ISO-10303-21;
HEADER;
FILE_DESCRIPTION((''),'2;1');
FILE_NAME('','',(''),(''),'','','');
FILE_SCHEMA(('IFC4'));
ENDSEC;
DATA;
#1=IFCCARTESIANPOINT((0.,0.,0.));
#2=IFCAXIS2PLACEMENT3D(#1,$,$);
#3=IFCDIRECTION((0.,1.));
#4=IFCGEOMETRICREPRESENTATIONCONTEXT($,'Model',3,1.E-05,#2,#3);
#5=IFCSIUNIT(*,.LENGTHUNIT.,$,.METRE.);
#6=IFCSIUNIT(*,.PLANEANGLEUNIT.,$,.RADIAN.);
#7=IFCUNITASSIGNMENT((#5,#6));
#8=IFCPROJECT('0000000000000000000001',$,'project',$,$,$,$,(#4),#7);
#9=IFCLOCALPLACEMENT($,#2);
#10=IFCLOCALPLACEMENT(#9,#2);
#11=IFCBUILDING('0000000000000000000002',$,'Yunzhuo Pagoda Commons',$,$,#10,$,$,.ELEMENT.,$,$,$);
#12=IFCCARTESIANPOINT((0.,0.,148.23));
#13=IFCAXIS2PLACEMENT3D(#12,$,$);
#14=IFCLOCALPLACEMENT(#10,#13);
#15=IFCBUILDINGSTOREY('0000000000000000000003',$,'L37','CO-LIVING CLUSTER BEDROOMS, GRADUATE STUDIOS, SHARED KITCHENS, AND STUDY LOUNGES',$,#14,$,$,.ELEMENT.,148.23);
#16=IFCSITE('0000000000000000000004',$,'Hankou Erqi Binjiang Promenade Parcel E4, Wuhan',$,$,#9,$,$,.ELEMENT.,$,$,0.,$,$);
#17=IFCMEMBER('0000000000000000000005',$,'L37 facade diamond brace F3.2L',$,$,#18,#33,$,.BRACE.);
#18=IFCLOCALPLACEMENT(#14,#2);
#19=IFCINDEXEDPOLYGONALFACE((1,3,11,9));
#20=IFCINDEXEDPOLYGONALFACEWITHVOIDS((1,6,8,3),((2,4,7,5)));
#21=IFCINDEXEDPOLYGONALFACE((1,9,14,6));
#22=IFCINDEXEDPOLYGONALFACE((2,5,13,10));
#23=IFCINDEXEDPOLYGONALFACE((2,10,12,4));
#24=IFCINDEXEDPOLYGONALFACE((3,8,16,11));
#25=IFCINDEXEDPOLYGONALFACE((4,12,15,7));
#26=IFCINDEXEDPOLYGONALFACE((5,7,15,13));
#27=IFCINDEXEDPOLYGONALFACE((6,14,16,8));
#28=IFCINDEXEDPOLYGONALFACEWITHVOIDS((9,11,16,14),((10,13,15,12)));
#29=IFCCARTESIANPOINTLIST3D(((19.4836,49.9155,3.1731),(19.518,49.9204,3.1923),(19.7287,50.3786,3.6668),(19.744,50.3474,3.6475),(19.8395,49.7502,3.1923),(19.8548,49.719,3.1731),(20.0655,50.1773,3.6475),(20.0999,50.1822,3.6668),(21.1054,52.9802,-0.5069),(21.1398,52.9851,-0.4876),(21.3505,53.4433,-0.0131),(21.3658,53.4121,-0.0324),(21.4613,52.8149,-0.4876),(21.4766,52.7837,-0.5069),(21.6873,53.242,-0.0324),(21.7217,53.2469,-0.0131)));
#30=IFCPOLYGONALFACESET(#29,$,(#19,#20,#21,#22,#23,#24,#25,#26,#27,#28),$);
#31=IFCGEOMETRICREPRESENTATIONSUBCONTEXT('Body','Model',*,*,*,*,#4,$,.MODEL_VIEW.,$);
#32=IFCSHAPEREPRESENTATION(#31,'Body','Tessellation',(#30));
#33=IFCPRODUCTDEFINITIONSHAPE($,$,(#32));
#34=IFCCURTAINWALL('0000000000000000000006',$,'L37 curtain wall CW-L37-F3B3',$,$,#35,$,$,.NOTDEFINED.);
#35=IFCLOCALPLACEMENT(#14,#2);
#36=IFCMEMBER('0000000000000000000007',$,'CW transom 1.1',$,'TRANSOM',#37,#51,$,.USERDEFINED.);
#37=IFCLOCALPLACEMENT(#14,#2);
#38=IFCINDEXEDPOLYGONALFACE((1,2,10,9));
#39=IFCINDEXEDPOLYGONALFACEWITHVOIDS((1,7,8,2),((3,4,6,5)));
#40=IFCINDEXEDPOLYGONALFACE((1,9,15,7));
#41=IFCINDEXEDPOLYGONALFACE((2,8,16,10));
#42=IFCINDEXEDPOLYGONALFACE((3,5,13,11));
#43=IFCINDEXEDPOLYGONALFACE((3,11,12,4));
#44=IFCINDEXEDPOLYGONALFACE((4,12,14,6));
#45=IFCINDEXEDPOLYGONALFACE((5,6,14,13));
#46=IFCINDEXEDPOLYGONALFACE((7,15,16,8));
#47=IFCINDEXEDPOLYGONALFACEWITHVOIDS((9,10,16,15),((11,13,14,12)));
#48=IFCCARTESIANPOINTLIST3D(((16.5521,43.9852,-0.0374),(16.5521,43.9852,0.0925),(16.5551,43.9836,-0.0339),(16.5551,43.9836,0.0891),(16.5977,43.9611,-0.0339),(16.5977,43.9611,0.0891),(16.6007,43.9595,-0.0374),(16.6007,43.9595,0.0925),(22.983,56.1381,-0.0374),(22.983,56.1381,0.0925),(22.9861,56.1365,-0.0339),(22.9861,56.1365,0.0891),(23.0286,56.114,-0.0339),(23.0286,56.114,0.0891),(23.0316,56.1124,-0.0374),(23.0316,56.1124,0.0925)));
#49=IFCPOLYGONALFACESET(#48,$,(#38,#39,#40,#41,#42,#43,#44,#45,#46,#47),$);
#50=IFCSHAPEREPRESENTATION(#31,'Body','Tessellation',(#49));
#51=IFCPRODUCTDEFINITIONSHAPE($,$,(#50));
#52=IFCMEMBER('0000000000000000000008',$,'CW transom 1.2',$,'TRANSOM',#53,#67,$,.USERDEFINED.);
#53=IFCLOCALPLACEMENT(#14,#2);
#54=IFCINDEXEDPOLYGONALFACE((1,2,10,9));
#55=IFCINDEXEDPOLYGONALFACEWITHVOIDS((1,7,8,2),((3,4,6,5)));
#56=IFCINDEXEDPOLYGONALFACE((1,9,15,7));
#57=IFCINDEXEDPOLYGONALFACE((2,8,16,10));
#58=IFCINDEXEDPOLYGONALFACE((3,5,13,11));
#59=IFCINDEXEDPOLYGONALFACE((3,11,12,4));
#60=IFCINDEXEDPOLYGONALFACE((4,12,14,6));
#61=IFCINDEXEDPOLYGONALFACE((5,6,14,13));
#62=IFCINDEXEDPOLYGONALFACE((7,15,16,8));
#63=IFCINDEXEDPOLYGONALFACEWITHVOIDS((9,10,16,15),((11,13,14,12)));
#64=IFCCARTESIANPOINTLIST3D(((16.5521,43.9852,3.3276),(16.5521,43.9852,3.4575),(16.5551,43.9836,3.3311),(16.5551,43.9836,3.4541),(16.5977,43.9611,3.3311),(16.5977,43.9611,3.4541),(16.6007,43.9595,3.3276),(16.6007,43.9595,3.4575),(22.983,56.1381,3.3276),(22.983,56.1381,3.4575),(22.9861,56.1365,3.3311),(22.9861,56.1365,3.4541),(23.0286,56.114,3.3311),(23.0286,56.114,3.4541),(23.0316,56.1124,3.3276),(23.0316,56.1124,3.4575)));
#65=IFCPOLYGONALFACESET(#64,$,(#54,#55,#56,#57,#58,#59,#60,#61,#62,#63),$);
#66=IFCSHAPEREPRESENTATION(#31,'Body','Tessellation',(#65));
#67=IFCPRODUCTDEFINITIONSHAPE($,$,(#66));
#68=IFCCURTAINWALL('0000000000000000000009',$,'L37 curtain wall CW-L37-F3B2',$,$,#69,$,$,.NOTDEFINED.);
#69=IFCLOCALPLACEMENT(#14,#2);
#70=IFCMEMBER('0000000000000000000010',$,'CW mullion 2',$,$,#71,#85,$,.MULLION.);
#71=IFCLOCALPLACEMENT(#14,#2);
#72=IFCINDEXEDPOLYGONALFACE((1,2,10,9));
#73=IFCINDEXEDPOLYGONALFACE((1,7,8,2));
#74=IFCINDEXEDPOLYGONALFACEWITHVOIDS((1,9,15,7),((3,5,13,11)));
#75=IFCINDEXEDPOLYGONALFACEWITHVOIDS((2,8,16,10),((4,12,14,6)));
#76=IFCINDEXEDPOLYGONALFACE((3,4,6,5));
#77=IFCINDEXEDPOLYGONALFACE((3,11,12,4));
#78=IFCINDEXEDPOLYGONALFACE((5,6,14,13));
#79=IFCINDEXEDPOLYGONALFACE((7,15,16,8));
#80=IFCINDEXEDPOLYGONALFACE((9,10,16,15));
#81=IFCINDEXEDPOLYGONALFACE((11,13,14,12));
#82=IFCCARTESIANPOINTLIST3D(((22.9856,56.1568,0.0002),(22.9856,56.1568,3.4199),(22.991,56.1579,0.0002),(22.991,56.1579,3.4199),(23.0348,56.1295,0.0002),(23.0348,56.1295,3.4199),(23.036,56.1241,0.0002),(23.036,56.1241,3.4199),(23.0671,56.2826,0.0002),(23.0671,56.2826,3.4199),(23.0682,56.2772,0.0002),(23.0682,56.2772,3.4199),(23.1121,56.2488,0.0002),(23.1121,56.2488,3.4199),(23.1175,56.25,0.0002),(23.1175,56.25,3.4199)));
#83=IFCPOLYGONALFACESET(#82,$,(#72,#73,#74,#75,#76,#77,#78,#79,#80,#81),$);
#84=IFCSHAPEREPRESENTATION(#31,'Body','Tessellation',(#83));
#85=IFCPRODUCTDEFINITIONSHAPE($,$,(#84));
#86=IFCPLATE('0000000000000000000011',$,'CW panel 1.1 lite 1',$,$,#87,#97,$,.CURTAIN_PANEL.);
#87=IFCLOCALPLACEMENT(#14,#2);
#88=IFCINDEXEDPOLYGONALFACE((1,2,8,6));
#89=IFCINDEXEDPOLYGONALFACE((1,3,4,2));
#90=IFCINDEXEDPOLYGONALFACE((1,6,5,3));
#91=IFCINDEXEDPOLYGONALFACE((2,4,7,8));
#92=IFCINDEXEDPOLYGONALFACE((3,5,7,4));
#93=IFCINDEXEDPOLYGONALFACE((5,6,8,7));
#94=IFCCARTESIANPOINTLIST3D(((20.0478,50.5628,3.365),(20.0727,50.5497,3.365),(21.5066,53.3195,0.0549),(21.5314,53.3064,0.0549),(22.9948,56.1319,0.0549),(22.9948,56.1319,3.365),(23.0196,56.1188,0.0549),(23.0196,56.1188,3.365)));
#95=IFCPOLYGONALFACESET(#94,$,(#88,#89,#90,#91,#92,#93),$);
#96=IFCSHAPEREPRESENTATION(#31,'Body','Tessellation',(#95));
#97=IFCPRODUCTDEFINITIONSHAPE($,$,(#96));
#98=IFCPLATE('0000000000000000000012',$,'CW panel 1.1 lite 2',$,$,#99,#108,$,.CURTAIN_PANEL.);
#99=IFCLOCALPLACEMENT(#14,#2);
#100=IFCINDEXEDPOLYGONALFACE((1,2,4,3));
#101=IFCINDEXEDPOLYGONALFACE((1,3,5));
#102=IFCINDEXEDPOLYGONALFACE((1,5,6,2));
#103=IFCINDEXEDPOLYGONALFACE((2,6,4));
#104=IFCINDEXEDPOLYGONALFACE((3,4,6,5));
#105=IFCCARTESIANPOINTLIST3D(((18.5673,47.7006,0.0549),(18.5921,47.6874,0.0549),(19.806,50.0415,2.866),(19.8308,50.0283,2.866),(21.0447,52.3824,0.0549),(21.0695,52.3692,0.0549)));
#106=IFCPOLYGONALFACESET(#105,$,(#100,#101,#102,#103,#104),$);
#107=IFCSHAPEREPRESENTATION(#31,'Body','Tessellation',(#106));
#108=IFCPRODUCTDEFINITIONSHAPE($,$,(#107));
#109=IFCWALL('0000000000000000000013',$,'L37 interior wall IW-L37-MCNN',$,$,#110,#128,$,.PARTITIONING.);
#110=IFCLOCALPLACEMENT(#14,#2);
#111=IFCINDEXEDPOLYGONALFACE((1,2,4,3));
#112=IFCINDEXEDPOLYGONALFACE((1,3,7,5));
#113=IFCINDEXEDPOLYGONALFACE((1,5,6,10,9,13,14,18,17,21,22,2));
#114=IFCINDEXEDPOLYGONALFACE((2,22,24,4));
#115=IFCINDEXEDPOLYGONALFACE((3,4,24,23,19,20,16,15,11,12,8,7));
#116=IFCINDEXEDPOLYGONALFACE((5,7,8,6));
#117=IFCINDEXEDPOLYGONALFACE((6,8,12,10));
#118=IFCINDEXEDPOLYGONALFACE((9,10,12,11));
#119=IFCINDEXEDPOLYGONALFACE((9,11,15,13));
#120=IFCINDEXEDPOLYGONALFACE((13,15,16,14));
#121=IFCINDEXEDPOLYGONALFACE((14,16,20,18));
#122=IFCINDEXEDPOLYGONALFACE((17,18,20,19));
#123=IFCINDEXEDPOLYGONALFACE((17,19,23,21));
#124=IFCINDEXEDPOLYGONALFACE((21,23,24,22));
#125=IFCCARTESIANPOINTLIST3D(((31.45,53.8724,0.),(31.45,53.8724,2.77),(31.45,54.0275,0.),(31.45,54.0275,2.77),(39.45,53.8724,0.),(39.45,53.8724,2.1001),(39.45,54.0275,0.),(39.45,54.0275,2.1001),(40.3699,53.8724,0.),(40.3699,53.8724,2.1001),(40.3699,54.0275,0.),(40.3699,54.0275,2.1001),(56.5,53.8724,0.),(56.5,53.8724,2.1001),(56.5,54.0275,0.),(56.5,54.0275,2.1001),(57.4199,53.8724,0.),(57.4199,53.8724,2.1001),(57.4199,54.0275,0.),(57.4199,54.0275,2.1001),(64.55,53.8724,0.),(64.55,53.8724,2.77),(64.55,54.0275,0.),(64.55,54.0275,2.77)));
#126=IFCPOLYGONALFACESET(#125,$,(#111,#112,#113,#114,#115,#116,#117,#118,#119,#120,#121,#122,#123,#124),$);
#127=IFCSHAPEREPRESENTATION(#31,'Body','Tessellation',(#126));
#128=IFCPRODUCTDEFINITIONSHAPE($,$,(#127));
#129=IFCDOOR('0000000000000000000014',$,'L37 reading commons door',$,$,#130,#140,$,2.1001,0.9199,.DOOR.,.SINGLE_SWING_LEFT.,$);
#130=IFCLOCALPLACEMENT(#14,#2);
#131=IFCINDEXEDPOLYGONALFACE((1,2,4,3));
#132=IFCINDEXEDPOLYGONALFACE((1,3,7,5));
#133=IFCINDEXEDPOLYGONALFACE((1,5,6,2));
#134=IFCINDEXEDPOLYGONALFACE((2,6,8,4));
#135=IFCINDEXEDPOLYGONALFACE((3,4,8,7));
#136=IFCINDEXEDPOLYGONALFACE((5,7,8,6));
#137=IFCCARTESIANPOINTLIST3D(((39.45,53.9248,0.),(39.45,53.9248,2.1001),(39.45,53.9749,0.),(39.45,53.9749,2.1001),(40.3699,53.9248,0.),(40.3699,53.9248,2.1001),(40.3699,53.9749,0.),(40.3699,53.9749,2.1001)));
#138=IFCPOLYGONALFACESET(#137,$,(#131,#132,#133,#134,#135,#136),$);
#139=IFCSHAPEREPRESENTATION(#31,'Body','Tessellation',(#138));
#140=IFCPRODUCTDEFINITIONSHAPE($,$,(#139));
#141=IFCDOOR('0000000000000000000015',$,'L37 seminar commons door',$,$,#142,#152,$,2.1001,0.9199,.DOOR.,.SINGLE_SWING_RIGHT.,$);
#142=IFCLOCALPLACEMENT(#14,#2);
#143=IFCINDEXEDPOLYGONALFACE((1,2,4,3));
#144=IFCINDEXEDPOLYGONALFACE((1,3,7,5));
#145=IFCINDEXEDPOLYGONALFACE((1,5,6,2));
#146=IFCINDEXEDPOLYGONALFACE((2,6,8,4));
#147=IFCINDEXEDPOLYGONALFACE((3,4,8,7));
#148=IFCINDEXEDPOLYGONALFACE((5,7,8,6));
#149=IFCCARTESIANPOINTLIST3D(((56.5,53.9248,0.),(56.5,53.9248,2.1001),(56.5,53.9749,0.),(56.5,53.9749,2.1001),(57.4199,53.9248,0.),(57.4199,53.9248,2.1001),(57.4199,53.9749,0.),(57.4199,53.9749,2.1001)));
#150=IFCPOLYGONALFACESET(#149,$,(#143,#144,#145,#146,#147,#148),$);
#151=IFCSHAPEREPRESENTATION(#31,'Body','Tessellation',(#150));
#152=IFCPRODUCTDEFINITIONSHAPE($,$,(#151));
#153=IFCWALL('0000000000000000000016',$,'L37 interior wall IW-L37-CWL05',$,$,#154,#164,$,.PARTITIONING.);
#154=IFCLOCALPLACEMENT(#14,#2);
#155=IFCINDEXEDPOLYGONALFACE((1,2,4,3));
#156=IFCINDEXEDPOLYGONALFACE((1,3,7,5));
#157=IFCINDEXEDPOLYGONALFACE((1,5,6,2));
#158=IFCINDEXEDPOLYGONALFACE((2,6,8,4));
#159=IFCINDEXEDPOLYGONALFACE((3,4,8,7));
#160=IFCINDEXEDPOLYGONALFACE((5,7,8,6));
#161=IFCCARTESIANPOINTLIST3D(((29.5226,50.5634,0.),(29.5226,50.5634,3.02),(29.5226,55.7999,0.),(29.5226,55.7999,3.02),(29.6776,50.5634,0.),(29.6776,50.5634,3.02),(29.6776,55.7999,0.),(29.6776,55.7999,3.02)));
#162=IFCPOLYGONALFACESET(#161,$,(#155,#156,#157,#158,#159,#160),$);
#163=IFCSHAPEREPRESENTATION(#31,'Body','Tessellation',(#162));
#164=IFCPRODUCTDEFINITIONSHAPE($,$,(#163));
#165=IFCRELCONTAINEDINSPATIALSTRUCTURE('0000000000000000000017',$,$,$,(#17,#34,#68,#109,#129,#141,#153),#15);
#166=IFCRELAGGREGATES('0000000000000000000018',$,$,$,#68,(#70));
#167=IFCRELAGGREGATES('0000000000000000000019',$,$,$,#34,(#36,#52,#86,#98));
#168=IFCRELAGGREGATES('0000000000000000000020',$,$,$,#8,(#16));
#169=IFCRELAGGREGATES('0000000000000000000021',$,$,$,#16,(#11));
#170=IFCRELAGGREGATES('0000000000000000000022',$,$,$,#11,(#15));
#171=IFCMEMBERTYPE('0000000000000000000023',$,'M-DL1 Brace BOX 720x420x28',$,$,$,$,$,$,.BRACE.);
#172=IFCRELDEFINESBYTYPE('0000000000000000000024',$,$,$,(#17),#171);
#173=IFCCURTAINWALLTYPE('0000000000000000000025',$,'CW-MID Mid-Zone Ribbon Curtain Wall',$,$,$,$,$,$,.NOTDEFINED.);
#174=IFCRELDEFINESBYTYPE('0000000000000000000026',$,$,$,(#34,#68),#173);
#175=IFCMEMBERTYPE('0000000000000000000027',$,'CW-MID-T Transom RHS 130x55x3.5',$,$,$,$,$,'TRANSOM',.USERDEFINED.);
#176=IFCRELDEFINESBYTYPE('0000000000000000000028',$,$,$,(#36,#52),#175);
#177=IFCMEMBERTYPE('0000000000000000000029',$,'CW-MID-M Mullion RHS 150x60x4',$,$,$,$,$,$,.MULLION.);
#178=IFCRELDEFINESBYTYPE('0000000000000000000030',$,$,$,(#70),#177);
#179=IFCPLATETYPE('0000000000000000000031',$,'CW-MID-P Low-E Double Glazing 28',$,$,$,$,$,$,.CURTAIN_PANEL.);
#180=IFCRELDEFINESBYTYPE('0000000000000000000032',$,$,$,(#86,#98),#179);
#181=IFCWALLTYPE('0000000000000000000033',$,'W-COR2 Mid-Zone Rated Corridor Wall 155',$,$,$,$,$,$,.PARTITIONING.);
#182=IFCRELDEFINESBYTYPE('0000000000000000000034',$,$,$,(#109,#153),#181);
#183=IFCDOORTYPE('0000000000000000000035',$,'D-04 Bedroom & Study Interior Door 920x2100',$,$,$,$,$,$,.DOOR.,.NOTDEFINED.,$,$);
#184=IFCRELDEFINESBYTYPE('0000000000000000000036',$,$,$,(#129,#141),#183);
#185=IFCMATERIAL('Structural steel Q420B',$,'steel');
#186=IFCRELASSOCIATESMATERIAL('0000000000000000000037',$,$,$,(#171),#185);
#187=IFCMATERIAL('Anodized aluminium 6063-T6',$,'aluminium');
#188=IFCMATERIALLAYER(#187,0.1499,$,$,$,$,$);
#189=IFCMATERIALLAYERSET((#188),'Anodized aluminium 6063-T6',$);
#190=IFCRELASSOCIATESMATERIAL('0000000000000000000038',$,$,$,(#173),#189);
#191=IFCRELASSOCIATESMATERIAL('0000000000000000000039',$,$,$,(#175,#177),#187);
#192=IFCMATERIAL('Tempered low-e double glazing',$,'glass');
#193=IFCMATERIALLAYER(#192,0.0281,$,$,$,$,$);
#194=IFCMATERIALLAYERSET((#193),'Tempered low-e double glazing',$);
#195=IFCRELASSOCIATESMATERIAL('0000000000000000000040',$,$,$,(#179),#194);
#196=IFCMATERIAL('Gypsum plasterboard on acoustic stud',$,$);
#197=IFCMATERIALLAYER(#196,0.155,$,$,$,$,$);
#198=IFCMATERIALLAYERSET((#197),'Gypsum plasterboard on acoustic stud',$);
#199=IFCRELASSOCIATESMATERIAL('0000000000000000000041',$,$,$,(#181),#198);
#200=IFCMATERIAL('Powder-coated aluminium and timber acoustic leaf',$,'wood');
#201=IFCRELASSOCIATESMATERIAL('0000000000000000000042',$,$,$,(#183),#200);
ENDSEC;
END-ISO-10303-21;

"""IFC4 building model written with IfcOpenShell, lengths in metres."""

from ifc_helpers import new_model, si_unit, direction, frame, frame_2d, origin, origin_with_axes, origin_2d, place, context, subcontext, project, spatial, polyline, rectangle, hollow_rectangle, outline, extrude, source, transform, mapped, material, layer, layer_set, material_profile, profile_set, type_object, element, fill, aggregate, save


model = new_model("IFC4")

# Units and contexts
model_context = context("Model", 3, precision=1e-05, world=origin(), true_north=direction((0.0, 1.0)))
body_context = subcontext(model_context, "Body", "Model", "MODEL_VIEW")
ifc_project = project(units=[si_unit("LENGTHUNIT", "METRE"), si_unit("PLANEANGLEUNIT", "RADIAN")], contexts=[model_context])

# Site, building, storey
site_placement = place(None, origin())
site = spatial("IfcSite", under=ifc_project, at=site_placement, Name="Hankou Erqi Binjiang Promenade Parcel E4, Wuhan", CompositionType="ELEMENT", RefElevation=0.0)
building_placement = place(site_placement, origin())
building = spatial("IfcBuilding", under=site, at=building_placement, Name="Yunzhuo Pagoda Commons", CompositionType="ELEMENT")
storey_placement = place(building_placement, frame((0.0, 0.0, 148.23)))
storey = spatial("IfcBuildingStorey", under=building, at=storey_placement, Name="L37", Description="CO-LIVING CLUSTER BEDROOMS, GRADUATE STUDIOS, SHARED KITCHENS, AND STUDY LOUNGES", CompositionType="ELEMENT", Elevation=148.23)

# Shared definitions
ifc_material_1 = material(Name="Structural steel Q420B", Category="steel")

# Member
ifc_material_profile_1 = material_profile(ifc_material_1, hollow_rectangle(XDim=0.4199, YDim=0.72, WallThickness=0.0281, at=origin_2d()), Name="Structural steel Q420B")
ifc_profile_set_1 = profile_set([ifc_material_profile_1], Name="Structural steel Q420B")
member_type_1 = type_object("IfcMemberType", Name="M-DL1 Brace BOX 720x420x28", PredefinedType="BRACE", material=ifc_profile_set_1)
shared_shape_1 = source(origin(), body_context, "Body", "SweptSolid", [
    extrude(hollow_rectangle(XDim=0.4199, YDim=0.72, WallThickness=0.0281, at=origin_2d()), origin(), (0.0, 0.0, 1.0), 5.0562),
])
member_1_placement = place(storey_placement, frame((21.4136, 53.1135, -0.26), z_axis=(-0.320763, -0.606133, 0.727814), x_axis=(0.883867, -0.467739, 0.0)))
element("IfcMember", 1, at=member_1_placement, inside=storey, type_object=member_type_1, Name="L37 facade diamond brace F3.2L", PredefinedType="BRACE", context=body_context, shape_type="MappedRepresentation", body=[
    mapped(shared_shape_1, transform((0.0, 0.0, 0.0), scale=1.0)),
])

# Curtain wall, members
ifc_material_2 = material(Name="Anodized aluminium 6063-T6", Category="aluminium")
ifc_layer_1 = layer(ifc_material_2, 0.1499)
ifc_layer_set_1 = layer_set([ifc_layer_1], Name="Anodized aluminium 6063-T6")
curtain_wall_type = type_object("IfcCurtainWallType", Name="CW-MID Mid-Zone Ribbon Curtain Wall", PredefinedType="NOTDEFINED", material=ifc_layer_set_1)
curtain_wall_1_placement = place(storey_placement, origin())
curtain_wall_1 = element("IfcCurtainWall", 2, at=curtain_wall_1_placement, inside=storey, type_object=curtain_wall_type, Name="L37 curtain wall CW-L37-F3B3", PredefinedType="NOTDEFINED")
ifc_material_profile_2 = material_profile(ifc_material_2, hollow_rectangle(XDim=0.0549, YDim=0.1299, WallThickness=0.0034, at=origin_2d()), Name="Anodized aluminium 6063-T6")
ifc_profile_set_2 = profile_set([ifc_material_profile_2], Name="Anodized aluminium 6063-T6")
member_type_2 = type_object("IfcMemberType", Name="CW-MID-T Transom RHS 130x55x3.5", ElementType="TRANSOM", PredefinedType="USERDEFINED", material=ifc_profile_set_2)
shared_shape_2 = source(origin(), body_context, "Body", "SweptSolid", [
    extrude(hollow_rectangle(XDim=0.0549, YDim=0.1299, WallThickness=0.0034, at=origin_2d()), origin(), (0.0, 0.0, 1.0), 13.7495),
])
member_2_placement = place(storey_placement, frame((23.0073, 56.1252, 0.0276), z_axis=(-0.46772, -0.883876, 0.0), x_axis=(0.883876, -0.46772, 0.0)))
member_2 = element("IfcMember", 3, at=member_2_placement, type_object=member_type_2, Name="CW transom 1.1", ObjectType="TRANSOM", PredefinedType="USERDEFINED", context=body_context, shape_type="MappedRepresentation", body=[
    mapped(shared_shape_2, transform((0.0, 0.0, 0.0), scale=1.0)),
])
member_3_placement = place(storey_placement, frame((23.0073, 56.1252, 3.3926), z_axis=(-0.46772, -0.883876, 0.0), x_axis=(0.883876, -0.46772, 0.0)))
member_3 = element("IfcMember", 4, at=member_3_placement, type_object=member_type_2, Name="CW transom 1.2", ObjectType="TRANSOM", PredefinedType="USERDEFINED", context=body_context, shape_type="MappedRepresentation", body=[
    mapped(shared_shape_2, transform((0.0, 0.0, 0.0), scale=1.0)),
])

# Curtain wall, member
curtain_wall_2_placement = place(storey_placement, origin())
curtain_wall_2 = element("IfcCurtainWall", 5, at=curtain_wall_2_placement, inside=storey, type_object=curtain_wall_type, Name="L37 curtain wall CW-L37-F3B2", PredefinedType="NOTDEFINED")
ifc_material_profile_3 = material_profile(ifc_material_2, hollow_rectangle(XDim=0.0601, YDim=0.1499, WallThickness=0.0039, at=origin_2d()), Name="Anodized aluminium 6063-T6")
ifc_profile_set_3 = profile_set([ifc_material_profile_3], Name="Anodized aluminium 6063-T6")
member_type_3 = type_object("IfcMemberType", Name="CW-MID-M Mullion RHS 150x60x4", PredefinedType="MULLION", material=ifc_profile_set_3)
shared_shape_3 = source(origin(), body_context, "Body", "SweptSolid", [
    extrude(hollow_rectangle(XDim=0.0601, YDim=0.1499, WallThickness=0.0039, at=origin_2d()), origin(), (0.0, 0.0, 1.0), 3.4197),
])
member_4_placement = place(storey_placement, frame((23.0515, 56.2034, 0.0002), z_axis=(0.0, 0.0, 1.0), x_axis=(0.83932, -0.543637, 0.0)))
member_4 = element("IfcMember", 6, at=member_4_placement, type_object=member_type_3, Name="CW mullion 2", PredefinedType="MULLION", context=body_context, shape_type="MappedRepresentation", body=[
    mapped(shared_shape_3, transform((0.0, 0.0, 0.0), scale=1.0)),
])
aggregate(curtain_wall_2, [member_4])

# Plates
ifc_material_3 = material(Name="Tempered low-e double glazing", Category="glass")
ifc_layer_2 = layer(ifc_material_3, 0.0281)
ifc_layer_set_2 = layer_set([ifc_layer_2], Name="Tempered low-e double glazing")
plate_type = type_object("IfcPlateType", Name="CW-MID-P Low-E Double Glazing 28", PredefinedType="CURTAIN_PANEL", material=ifc_layer_set_2)
plate_1_placement = place(storey_placement, frame((21.5461, 53.3342, 1.71), z_axis=(-0.883879, 0.467715, 0.0), x_axis=(-0.467715, -0.883879, 0.0)))
plate_1 = element("IfcPlate", 7, at=plate_1_placement, type_object=plate_type, Name="CW panel 1.1 lite 1", PredefinedType="CURTAIN_PANEL", context=body_context, shape_type="SweptSolid", body=[
    extrude(outline(polyline([(-3.1504, -1.655), (0.0315, -1.655), (3.1504, 1.655), (-3.1504, 1.655), (-3.1504, -1.655)])), origin(), (0.0, 0.0, 1.0), 0.0281),
])
plate_2_placement = place(storey_placement, frame((19.8308, 50.0283, 1.4604), z_axis=(-0.883879, 0.467715, 0.0), x_axis=(-0.467715, -0.883879, 0.0)))
plate_2 = element("IfcPlate", 8, at=plate_2_placement, type_object=plate_type, Name="CW panel 1.1 lite 2", PredefinedType="CURTAIN_PANEL", context=body_context, shape_type="SweptSolid", body=[
    extrude(outline(polyline([(-2.6484, -1.4055), (2.6484, -1.4055), (0.0, 1.4055), (-2.6484, -1.4055)])), origin(), (0.0, 0.0, 1.0), 0.0281),
])
aggregate(curtain_wall_1, [member_2, member_3, plate_1, plate_2])

# Wall, openings, doors
ifc_material_4 = material(Name="Gypsum plasterboard on acoustic stud")
ifc_layer_3 = layer(ifc_material_4, 0.155)
ifc_layer_set_3 = layer_set([ifc_layer_3], Name="Gypsum plasterboard on acoustic stud")
wall_type_1 = type_object("IfcWallType", Name="W-COR2 Mid-Zone Rated Corridor Wall 155", PredefinedType="PARTITIONING", material=ifc_layer_set_3)
wall_1_placement = place(storey_placement, frame((31.45, 53.95, 0.0), z_axis=(0.0, 0.0, 1.0), x_axis=(1.0, 0.0, 0.0)))
wall_1 = element("IfcWall", 9, at=wall_1_placement, inside=storey, type_object=wall_type_1, Name="L37 interior wall IW-L37-MCNN", PredefinedType="PARTITIONING", context=body_context, shape_type="SweptSolid", body=[
    extrude(rectangle(XDim=33.1001, YDim=0.155, at=frame_2d((16.55, 0.0))), origin(), (0.0, 0.0, 1.0), 2.77),
])
opening_1_placement = place(wall_1_placement, frame((8.0, 0.0, 0.0)))
opening_1 = element("IfcOpeningElement", 10, at=opening_1_placement, cuts=wall_1, PredefinedType="OPENING", context=body_context, shape_type="SweptSolid", body=[
    extrude(rectangle(XDim=0.9199, YDim=2.1001, at=frame_2d((0.46, 1.05))), frame((0.0, 0.0874, 0.0), z_axis=(0.0, -1.0, 0.0), x_axis=(1.0, 0.0, 0.0)), (0.0, 0.0, 1.0), 0.175),
])
opening_2_placement = place(wall_1_placement, frame((25.05, 0.0, 0.0)))
opening_2 = element("IfcOpeningElement", 11, at=opening_2_placement, cuts=wall_1, PredefinedType="OPENING", context=body_context, shape_type="SweptSolid", body=[
    extrude(rectangle(XDim=0.9199, YDim=2.1001, at=frame_2d((0.46, 1.05))), frame((0.0, 0.0874, 0.0), z_axis=(0.0, -1.0, 0.0), x_axis=(1.0, 0.0, 0.0)), (0.0, 0.0, 1.0), 0.175),
])
ifc_material_5 = material(Name="Powder-coated aluminium and timber acoustic leaf", Category="wood")
door_type_1 = type_object("IfcDoorType", Name="D-04 Bedroom & Study Interior Door 920x2100", OperationType="NOTDEFINED", PredefinedType="DOOR", material=ifc_material_5)
shared_shape_4 = source(origin(), body_context, "Body", "SweptSolid", [
    extrude(rectangle(XDim=0.9199, YDim=2.1001, at=frame_2d((0.46, 1.05))), frame((0.0, 0.0249, 0.0), z_axis=(0.0, -1.0, 0.0), x_axis=(1.0, 0.0, 0.0)), (0.0, 0.0, 1.0), 0.05),
])
door_1_placement = place(opening_1_placement, origin_with_axes())
door_1 = element("IfcDoor", 12, at=door_1_placement, inside=storey, type_object=door_type_1, Name="L37 reading commons door", OperationType="SINGLE_SWING_LEFT", OverallHeight=2.1001, OverallWidth=0.9199, PredefinedType="DOOR", context=body_context, shape_type="MappedRepresentation", body=[
    mapped(shared_shape_4, transform((0.0, 0.0, 0.0), scale=1.0)),
])
fill(opening_1, door_1)
door_2_placement = place(opening_2_placement, origin_with_axes())
door_2 = element("IfcDoor", 13, at=door_2_placement, inside=storey, type_object=door_type_1, Name="L37 seminar commons door", OperationType="SINGLE_SWING_RIGHT", OverallHeight=2.1001, OverallWidth=0.9199, PredefinedType="DOOR", context=body_context, shape_type="MappedRepresentation", body=[
    mapped(shared_shape_4, transform((0.0, 0.0, 0.0), scale=1.0)),
])
fill(opening_2, door_2)

# Wall
wall_2_placement = place(storey_placement, frame((29.6001, 50.5635, 0.0), z_axis=(0.0, 0.0, 1.0), x_axis=(0.0, 1.0, 0.0)))
element("IfcWall", 14, at=wall_2_placement, inside=storey, type_object=wall_type_1, Name="L37 interior wall IW-L37-CWL05", PredefinedType="PARTITIONING", context=body_context, shape_type="SweptSolid", body=[
    extrude(rectangle(XDim=5.2366, YDim=0.155, at=frame_2d((2.6182, 0.0))), origin(), (0.0, 0.0, 1.0), 3.02),
])

save(model, "model.ifc")
